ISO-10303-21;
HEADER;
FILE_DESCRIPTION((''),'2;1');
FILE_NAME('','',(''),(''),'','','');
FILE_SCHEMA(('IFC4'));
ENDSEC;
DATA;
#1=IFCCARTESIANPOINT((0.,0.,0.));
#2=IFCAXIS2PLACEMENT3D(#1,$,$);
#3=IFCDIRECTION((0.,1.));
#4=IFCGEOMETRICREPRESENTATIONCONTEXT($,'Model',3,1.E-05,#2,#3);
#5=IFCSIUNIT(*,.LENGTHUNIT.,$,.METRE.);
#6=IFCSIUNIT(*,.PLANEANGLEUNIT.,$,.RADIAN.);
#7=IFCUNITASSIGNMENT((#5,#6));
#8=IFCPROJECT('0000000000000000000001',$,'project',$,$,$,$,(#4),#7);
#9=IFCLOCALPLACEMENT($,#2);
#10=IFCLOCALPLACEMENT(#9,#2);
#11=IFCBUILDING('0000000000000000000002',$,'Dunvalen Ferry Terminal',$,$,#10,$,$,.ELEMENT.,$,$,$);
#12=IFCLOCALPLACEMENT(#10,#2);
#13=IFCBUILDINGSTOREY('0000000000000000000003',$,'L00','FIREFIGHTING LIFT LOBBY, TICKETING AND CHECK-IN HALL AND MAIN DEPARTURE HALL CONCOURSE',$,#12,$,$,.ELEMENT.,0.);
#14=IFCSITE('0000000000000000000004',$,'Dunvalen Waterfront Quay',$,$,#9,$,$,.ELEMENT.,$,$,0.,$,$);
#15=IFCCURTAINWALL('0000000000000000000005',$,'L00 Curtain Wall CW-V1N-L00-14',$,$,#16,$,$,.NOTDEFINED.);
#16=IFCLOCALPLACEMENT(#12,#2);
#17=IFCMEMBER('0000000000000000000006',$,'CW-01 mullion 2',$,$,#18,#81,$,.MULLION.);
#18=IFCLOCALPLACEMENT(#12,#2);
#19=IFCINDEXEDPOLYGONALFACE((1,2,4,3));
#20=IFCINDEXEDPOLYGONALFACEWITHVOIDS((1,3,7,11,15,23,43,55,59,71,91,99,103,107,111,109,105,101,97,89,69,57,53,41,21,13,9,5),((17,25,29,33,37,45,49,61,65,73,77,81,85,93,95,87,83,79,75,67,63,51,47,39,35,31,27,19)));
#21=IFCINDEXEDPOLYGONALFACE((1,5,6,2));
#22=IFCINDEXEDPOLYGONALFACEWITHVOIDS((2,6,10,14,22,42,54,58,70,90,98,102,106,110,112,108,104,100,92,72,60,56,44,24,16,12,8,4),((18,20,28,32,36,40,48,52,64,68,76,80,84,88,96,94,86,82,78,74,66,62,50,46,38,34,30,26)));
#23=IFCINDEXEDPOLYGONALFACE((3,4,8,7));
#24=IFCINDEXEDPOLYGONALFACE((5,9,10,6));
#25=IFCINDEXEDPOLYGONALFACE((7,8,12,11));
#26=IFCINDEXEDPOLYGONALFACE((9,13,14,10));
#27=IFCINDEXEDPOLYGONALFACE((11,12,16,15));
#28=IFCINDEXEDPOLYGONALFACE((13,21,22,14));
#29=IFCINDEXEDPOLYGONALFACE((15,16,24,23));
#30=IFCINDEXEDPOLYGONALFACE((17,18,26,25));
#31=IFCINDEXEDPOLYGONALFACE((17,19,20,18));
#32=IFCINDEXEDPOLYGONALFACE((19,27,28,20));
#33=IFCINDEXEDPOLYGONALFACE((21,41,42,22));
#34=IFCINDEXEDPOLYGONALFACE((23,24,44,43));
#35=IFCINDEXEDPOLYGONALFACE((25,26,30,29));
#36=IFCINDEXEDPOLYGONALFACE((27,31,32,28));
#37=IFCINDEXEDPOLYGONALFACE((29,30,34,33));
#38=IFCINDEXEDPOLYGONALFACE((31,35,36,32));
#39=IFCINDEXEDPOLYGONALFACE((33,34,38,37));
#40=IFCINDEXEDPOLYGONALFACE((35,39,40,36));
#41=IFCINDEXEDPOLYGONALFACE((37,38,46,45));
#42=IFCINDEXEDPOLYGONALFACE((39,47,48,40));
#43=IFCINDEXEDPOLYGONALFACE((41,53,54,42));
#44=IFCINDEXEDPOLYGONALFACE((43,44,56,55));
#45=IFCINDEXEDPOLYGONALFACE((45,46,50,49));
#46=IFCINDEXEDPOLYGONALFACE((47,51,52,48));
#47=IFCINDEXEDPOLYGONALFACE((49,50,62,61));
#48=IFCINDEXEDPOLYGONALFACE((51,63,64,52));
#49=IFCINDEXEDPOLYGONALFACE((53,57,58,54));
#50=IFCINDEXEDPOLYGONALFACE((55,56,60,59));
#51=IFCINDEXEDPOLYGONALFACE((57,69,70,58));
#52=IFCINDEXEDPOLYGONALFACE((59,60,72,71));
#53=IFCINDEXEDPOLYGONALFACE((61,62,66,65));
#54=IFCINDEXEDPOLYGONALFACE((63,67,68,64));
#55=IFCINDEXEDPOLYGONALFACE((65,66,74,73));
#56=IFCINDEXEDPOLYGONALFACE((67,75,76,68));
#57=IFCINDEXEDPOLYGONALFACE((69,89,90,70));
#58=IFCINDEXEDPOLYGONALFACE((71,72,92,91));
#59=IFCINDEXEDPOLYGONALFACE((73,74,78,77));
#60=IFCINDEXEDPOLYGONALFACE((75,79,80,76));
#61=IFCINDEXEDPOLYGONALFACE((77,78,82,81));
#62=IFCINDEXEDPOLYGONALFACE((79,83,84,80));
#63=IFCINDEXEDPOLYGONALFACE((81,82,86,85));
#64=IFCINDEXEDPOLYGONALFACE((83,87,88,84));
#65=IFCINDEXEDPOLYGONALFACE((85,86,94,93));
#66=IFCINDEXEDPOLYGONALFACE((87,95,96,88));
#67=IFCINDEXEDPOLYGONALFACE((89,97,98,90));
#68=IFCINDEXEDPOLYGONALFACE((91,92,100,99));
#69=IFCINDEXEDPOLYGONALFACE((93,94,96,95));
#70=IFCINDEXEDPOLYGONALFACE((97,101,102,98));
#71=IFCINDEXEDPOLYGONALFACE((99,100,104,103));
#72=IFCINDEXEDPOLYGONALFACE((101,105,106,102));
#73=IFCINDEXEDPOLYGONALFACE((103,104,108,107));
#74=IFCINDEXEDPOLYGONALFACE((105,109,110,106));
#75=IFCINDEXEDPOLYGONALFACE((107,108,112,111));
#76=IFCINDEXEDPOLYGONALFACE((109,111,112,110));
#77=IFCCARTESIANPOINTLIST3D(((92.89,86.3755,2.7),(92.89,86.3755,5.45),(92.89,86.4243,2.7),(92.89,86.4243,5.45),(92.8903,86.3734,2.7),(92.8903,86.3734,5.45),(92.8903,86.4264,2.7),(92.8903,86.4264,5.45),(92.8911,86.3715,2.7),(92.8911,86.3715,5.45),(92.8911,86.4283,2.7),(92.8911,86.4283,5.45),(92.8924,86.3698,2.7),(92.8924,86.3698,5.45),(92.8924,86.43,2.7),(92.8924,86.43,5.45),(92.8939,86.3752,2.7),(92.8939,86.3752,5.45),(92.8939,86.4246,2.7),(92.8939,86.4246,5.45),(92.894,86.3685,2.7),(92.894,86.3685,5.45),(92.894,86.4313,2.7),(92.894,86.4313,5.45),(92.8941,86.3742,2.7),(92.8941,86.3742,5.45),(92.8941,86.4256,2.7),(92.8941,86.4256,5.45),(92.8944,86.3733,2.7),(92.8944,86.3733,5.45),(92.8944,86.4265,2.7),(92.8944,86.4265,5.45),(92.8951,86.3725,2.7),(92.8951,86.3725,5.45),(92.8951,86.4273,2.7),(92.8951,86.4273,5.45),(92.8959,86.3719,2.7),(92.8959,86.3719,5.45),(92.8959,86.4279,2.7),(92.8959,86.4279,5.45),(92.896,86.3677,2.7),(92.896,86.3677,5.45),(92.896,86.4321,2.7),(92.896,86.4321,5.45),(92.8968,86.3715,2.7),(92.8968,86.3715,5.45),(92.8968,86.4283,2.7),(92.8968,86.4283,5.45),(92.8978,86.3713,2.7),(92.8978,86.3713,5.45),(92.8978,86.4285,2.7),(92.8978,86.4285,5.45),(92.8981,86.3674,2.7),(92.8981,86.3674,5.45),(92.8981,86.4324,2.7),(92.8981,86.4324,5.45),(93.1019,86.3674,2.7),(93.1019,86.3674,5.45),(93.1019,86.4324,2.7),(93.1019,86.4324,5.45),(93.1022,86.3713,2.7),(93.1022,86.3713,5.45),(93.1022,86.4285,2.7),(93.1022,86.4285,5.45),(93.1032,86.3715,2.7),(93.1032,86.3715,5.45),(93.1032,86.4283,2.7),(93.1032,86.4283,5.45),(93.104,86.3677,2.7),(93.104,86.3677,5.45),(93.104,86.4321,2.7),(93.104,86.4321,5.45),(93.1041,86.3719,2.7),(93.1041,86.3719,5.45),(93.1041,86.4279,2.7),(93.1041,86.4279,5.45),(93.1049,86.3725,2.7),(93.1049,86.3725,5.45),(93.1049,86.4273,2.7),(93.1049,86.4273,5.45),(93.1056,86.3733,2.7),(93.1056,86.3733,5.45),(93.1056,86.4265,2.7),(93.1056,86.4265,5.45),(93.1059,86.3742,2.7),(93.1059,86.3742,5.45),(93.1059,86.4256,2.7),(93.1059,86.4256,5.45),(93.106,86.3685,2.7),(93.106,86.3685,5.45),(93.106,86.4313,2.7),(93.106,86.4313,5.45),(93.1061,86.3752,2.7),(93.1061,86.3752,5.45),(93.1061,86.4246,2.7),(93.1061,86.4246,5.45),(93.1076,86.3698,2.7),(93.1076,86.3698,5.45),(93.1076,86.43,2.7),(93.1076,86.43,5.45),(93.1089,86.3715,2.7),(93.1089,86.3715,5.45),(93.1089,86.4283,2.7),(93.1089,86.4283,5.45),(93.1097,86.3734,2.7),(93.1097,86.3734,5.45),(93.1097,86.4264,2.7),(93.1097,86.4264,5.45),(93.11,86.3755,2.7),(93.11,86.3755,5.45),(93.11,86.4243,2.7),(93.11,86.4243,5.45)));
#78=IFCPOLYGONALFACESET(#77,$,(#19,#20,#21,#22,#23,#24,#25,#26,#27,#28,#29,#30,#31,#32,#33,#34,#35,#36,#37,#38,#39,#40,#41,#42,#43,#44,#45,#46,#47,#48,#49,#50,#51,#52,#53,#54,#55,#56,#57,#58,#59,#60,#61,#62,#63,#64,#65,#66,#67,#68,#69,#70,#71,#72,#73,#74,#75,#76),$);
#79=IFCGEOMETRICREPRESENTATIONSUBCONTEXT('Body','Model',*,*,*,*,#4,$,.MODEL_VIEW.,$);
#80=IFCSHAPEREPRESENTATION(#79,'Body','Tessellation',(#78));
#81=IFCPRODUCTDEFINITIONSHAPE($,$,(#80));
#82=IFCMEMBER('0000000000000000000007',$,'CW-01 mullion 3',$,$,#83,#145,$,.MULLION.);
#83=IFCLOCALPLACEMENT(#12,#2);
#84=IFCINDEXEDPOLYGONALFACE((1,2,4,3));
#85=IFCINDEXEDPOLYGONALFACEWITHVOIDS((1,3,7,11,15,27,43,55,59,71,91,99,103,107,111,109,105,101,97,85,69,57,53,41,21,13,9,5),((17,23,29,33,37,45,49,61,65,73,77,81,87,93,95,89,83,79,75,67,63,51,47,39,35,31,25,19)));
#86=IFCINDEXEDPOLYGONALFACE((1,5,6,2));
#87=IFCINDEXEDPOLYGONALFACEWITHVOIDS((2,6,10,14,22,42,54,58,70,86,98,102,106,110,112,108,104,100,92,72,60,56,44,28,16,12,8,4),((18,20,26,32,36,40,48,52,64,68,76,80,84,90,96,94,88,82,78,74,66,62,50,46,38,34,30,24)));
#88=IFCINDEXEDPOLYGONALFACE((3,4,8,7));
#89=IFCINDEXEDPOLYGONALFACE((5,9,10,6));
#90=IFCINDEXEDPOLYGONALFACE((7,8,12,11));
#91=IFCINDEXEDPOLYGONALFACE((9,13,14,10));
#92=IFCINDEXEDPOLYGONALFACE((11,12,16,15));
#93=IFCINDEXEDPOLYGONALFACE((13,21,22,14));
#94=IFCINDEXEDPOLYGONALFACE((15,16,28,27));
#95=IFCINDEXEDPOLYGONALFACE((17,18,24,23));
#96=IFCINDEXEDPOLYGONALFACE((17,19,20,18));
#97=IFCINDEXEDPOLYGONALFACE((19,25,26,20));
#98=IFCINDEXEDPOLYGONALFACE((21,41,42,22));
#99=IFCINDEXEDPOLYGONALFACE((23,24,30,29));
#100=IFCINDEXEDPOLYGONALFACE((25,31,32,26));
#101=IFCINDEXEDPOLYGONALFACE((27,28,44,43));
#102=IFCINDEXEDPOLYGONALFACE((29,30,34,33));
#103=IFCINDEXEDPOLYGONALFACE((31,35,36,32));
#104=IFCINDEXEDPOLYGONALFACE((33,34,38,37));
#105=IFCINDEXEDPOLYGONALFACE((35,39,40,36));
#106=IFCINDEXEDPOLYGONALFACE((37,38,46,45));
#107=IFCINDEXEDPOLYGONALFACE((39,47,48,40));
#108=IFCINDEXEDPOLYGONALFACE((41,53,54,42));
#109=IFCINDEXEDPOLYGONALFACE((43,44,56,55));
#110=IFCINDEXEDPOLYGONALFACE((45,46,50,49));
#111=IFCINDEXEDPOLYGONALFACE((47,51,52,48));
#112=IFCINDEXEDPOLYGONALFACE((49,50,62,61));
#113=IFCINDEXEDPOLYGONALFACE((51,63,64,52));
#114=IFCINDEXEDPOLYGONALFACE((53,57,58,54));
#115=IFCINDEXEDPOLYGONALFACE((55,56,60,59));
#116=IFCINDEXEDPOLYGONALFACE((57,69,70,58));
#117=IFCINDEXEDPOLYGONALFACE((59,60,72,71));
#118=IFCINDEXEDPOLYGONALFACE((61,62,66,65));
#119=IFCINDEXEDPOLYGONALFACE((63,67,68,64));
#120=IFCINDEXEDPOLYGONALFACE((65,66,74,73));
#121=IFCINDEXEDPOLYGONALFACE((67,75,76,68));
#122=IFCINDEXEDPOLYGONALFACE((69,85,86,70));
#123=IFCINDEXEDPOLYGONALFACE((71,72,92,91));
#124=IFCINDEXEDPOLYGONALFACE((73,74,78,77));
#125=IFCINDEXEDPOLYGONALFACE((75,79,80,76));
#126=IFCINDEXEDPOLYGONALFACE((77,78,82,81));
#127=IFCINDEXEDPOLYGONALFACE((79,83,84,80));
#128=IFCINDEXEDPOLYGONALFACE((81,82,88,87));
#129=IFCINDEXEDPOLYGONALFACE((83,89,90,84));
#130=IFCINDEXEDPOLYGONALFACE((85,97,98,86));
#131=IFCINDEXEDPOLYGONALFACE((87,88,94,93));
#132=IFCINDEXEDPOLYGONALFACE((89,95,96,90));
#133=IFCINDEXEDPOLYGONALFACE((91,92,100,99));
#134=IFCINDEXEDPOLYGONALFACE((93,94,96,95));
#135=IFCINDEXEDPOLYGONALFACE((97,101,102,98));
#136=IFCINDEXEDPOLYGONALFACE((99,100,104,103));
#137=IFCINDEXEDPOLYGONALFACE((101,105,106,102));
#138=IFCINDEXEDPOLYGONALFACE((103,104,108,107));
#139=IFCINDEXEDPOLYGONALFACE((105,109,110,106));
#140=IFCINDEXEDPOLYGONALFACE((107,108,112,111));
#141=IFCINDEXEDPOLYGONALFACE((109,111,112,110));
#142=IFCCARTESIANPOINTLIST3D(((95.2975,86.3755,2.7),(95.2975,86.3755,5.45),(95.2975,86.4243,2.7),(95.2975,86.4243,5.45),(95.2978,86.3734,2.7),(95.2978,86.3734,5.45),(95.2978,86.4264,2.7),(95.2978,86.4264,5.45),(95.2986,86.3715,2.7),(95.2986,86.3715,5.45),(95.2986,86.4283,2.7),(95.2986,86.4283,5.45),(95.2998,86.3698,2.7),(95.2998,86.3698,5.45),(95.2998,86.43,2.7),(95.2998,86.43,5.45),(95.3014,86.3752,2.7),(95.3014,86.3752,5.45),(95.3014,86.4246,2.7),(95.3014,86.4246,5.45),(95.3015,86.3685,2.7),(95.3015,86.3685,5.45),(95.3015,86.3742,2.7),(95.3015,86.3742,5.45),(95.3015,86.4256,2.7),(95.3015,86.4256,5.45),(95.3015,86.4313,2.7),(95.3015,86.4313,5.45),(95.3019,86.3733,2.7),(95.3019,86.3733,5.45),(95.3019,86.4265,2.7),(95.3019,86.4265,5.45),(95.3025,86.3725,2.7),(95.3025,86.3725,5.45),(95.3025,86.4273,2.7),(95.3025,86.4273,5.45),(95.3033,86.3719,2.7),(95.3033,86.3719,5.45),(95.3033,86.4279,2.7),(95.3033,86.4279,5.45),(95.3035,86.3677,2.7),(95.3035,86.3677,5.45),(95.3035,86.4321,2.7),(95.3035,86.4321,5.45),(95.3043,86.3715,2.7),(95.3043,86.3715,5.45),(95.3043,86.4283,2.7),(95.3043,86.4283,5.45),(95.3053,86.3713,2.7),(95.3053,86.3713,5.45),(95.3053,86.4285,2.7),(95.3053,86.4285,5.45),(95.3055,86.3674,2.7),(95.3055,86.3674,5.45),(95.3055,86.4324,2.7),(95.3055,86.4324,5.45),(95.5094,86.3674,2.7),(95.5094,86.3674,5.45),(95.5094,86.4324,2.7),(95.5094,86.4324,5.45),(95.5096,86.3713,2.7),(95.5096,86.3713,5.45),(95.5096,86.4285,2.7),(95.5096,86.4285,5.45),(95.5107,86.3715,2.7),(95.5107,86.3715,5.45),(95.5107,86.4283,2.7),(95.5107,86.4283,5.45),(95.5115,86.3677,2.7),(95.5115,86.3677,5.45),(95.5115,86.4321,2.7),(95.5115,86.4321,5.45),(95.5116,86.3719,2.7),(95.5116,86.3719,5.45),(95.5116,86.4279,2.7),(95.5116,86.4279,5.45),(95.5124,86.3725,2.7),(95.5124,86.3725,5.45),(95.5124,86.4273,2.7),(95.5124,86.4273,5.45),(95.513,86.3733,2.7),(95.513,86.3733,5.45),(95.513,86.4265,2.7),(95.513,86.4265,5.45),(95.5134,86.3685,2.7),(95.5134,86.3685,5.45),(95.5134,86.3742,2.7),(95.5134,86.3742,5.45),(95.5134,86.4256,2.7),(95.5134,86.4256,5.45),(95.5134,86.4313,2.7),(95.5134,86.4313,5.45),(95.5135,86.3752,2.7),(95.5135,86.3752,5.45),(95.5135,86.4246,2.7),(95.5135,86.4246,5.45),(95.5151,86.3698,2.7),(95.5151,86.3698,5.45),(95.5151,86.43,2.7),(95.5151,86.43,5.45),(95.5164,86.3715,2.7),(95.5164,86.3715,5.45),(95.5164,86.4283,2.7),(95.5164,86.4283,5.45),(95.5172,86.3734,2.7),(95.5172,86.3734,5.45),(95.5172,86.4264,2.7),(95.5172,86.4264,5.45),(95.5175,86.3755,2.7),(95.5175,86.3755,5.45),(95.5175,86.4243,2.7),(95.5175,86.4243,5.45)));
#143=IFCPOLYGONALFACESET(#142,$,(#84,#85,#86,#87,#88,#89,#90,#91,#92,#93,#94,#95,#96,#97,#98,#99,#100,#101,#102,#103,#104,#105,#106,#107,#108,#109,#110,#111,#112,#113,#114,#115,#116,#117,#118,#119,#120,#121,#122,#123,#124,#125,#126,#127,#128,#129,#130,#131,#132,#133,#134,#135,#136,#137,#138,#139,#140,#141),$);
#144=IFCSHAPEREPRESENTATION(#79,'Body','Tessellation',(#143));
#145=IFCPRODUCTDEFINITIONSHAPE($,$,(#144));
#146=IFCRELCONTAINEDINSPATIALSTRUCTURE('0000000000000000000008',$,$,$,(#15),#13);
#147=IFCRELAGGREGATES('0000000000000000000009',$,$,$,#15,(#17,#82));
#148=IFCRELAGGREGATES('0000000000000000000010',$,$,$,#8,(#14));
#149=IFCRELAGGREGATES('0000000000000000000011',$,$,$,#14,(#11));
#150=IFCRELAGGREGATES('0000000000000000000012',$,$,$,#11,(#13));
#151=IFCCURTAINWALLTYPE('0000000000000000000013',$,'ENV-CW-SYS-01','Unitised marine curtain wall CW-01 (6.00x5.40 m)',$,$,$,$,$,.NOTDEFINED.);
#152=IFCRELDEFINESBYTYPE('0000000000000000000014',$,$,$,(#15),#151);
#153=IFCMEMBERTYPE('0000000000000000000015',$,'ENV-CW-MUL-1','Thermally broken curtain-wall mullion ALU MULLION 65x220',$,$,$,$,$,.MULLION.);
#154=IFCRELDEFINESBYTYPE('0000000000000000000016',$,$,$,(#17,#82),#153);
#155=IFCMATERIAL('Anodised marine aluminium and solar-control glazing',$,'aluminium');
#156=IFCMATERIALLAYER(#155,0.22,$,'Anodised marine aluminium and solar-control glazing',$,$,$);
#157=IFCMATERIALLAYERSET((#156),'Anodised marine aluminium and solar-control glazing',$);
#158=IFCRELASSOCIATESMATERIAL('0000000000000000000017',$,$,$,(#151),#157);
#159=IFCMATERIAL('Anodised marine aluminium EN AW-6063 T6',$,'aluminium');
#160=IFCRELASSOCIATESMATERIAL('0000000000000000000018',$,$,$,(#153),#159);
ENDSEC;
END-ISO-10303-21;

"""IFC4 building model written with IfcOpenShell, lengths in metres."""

from ifc_helpers import new_model, si_unit, direction, frame, origin, origin_2d, place, context, subcontext, project, spatial, hollow_rectangle, extrude, material, layer, layer_set, material_profile, profile_set, type_object, element, aggregate, save


model = new_model("IFC4")

# Units and contexts
model_context = context("Model", 3, precision=1e-05, world=origin(), true_north=direction((0.0, 1.0)))
body_context = subcontext(model_context, "Body", "Model", "MODEL_VIEW")
ifc_project = project(units=[si_unit("LENGTHUNIT", "METRE"), si_unit("PLANEANGLEUNIT", "RADIAN")], contexts=[model_context])

# Site, building, storey
site_placement = place(None, origin())
site = spatial("IfcSite", under=ifc_project, at=site_placement, Name="Dunvalen Waterfront Quay", CompositionType="ELEMENT", RefElevation=0.0)
building_placement = place(site_placement, origin())
building = spatial("IfcBuilding", under=site, at=building_placement, Name="Dunvalen Ferry Terminal", CompositionType="ELEMENT")
storey_placement = place(building_placement, origin())
storey = spatial("IfcBuildingStorey", under=building, at=storey_placement, Name="L00", Description="FIREFIGHTING LIFT LOBBY, TICKETING AND CHECK-IN HALL AND MAIN DEPARTURE HALL CONCOURSE", CompositionType="ELEMENT", Elevation=0.0)

# Curtain wall, members
ifc_material_1 = material(Name="Anodised marine aluminium and solar-control glazing", Category="aluminium")
ifc_layer_1 = layer(ifc_material_1, 0.22, Name="Anodised marine aluminium and solar-control glazing")
ifc_layer_set_1 = layer_set([ifc_layer_1], Name="Anodised marine aluminium and solar-control glazing")
curtain_wall_type = type_object("IfcCurtainWallType", Name="ENV-CW-SYS-01", Description="Unitised marine curtain wall CW-01 (6.00x5.40 m)", PredefinedType="NOTDEFINED", material=ifc_layer_set_1)
curtain_wall_1_placement = place(storey_placement, origin())
curtain_wall_1 = element("IfcCurtainWall", 1, at=curtain_wall_1_placement, inside=storey, type_object=curtain_wall_type, Name="L00 Curtain Wall CW-V1N-L00-14", PredefinedType="NOTDEFINED")
ifc_material_2 = material(Name="Anodised marine aluminium EN AW-6063 T6", Category="aluminium")
ifc_material_profile_1 = material_profile(ifc_material_2, hollow_rectangle(XDim=0.0649, YDim=0.22, WallThickness=0.0039, InnerFilletRadius=0.0039, OuterFilletRadius=0.0081, at=origin_2d()), Name="Anodised marine aluminium EN AW-6063 T6")
ifc_profile_set_1 = profile_set([ifc_material_profile_1], Name="Anodised marine aluminium EN AW-6063 T6")
member_type_1 = type_object("IfcMemberType", Name="ENV-CW-MUL-1", Description="Thermally broken curtain-wall mullion ALU MULLION 65x220", PredefinedType="MULLION", material=ifc_profile_set_1)
member_1_placement = place(storey_placement, frame((93.0, 86.3999, 2.7), z_axis=(0.0, 0.0, 1.0), x_axis=(0.0, 1.0, 0.0)))
member_1 = element("IfcMember", 2, at=member_1_placement, type_object=member_type_1, Name="CW-01 mullion 2", PredefinedType="MULLION", context=body_context, shape_type="SweptSolid", body=[
    extrude(hollow_rectangle(XDim=0.0649, YDim=0.22, WallThickness=0.0039, InnerFilletRadius=0.0039, OuterFilletRadius=0.0081, at=origin_2d()), origin(), (0.0, 0.0, 1.0), 2.75),
])
member_2_placement = place(storey_placement, frame((95.4075, 86.3999, 2.7), z_axis=(0.0, 0.0, 1.0), x_axis=(0.0, 1.0, 0.0)))
member_2 = element("IfcMember", 3, at=member_2_placement, type_object=member_type_1, Name="CW-01 mullion 3", PredefinedType="MULLION", context=body_context, shape_type="SweptSolid", body=[
    extrude(hollow_rectangle(XDim=0.0649, YDim=0.22, WallThickness=0.0039, InnerFilletRadius=0.0039, OuterFilletRadius=0.0081, at=origin_2d()), origin(), (0.0, 0.0, 1.0), 2.75),
])

aggregate(curtain_wall_1, [member_1, member_2])

save(model, "model.ifc")
